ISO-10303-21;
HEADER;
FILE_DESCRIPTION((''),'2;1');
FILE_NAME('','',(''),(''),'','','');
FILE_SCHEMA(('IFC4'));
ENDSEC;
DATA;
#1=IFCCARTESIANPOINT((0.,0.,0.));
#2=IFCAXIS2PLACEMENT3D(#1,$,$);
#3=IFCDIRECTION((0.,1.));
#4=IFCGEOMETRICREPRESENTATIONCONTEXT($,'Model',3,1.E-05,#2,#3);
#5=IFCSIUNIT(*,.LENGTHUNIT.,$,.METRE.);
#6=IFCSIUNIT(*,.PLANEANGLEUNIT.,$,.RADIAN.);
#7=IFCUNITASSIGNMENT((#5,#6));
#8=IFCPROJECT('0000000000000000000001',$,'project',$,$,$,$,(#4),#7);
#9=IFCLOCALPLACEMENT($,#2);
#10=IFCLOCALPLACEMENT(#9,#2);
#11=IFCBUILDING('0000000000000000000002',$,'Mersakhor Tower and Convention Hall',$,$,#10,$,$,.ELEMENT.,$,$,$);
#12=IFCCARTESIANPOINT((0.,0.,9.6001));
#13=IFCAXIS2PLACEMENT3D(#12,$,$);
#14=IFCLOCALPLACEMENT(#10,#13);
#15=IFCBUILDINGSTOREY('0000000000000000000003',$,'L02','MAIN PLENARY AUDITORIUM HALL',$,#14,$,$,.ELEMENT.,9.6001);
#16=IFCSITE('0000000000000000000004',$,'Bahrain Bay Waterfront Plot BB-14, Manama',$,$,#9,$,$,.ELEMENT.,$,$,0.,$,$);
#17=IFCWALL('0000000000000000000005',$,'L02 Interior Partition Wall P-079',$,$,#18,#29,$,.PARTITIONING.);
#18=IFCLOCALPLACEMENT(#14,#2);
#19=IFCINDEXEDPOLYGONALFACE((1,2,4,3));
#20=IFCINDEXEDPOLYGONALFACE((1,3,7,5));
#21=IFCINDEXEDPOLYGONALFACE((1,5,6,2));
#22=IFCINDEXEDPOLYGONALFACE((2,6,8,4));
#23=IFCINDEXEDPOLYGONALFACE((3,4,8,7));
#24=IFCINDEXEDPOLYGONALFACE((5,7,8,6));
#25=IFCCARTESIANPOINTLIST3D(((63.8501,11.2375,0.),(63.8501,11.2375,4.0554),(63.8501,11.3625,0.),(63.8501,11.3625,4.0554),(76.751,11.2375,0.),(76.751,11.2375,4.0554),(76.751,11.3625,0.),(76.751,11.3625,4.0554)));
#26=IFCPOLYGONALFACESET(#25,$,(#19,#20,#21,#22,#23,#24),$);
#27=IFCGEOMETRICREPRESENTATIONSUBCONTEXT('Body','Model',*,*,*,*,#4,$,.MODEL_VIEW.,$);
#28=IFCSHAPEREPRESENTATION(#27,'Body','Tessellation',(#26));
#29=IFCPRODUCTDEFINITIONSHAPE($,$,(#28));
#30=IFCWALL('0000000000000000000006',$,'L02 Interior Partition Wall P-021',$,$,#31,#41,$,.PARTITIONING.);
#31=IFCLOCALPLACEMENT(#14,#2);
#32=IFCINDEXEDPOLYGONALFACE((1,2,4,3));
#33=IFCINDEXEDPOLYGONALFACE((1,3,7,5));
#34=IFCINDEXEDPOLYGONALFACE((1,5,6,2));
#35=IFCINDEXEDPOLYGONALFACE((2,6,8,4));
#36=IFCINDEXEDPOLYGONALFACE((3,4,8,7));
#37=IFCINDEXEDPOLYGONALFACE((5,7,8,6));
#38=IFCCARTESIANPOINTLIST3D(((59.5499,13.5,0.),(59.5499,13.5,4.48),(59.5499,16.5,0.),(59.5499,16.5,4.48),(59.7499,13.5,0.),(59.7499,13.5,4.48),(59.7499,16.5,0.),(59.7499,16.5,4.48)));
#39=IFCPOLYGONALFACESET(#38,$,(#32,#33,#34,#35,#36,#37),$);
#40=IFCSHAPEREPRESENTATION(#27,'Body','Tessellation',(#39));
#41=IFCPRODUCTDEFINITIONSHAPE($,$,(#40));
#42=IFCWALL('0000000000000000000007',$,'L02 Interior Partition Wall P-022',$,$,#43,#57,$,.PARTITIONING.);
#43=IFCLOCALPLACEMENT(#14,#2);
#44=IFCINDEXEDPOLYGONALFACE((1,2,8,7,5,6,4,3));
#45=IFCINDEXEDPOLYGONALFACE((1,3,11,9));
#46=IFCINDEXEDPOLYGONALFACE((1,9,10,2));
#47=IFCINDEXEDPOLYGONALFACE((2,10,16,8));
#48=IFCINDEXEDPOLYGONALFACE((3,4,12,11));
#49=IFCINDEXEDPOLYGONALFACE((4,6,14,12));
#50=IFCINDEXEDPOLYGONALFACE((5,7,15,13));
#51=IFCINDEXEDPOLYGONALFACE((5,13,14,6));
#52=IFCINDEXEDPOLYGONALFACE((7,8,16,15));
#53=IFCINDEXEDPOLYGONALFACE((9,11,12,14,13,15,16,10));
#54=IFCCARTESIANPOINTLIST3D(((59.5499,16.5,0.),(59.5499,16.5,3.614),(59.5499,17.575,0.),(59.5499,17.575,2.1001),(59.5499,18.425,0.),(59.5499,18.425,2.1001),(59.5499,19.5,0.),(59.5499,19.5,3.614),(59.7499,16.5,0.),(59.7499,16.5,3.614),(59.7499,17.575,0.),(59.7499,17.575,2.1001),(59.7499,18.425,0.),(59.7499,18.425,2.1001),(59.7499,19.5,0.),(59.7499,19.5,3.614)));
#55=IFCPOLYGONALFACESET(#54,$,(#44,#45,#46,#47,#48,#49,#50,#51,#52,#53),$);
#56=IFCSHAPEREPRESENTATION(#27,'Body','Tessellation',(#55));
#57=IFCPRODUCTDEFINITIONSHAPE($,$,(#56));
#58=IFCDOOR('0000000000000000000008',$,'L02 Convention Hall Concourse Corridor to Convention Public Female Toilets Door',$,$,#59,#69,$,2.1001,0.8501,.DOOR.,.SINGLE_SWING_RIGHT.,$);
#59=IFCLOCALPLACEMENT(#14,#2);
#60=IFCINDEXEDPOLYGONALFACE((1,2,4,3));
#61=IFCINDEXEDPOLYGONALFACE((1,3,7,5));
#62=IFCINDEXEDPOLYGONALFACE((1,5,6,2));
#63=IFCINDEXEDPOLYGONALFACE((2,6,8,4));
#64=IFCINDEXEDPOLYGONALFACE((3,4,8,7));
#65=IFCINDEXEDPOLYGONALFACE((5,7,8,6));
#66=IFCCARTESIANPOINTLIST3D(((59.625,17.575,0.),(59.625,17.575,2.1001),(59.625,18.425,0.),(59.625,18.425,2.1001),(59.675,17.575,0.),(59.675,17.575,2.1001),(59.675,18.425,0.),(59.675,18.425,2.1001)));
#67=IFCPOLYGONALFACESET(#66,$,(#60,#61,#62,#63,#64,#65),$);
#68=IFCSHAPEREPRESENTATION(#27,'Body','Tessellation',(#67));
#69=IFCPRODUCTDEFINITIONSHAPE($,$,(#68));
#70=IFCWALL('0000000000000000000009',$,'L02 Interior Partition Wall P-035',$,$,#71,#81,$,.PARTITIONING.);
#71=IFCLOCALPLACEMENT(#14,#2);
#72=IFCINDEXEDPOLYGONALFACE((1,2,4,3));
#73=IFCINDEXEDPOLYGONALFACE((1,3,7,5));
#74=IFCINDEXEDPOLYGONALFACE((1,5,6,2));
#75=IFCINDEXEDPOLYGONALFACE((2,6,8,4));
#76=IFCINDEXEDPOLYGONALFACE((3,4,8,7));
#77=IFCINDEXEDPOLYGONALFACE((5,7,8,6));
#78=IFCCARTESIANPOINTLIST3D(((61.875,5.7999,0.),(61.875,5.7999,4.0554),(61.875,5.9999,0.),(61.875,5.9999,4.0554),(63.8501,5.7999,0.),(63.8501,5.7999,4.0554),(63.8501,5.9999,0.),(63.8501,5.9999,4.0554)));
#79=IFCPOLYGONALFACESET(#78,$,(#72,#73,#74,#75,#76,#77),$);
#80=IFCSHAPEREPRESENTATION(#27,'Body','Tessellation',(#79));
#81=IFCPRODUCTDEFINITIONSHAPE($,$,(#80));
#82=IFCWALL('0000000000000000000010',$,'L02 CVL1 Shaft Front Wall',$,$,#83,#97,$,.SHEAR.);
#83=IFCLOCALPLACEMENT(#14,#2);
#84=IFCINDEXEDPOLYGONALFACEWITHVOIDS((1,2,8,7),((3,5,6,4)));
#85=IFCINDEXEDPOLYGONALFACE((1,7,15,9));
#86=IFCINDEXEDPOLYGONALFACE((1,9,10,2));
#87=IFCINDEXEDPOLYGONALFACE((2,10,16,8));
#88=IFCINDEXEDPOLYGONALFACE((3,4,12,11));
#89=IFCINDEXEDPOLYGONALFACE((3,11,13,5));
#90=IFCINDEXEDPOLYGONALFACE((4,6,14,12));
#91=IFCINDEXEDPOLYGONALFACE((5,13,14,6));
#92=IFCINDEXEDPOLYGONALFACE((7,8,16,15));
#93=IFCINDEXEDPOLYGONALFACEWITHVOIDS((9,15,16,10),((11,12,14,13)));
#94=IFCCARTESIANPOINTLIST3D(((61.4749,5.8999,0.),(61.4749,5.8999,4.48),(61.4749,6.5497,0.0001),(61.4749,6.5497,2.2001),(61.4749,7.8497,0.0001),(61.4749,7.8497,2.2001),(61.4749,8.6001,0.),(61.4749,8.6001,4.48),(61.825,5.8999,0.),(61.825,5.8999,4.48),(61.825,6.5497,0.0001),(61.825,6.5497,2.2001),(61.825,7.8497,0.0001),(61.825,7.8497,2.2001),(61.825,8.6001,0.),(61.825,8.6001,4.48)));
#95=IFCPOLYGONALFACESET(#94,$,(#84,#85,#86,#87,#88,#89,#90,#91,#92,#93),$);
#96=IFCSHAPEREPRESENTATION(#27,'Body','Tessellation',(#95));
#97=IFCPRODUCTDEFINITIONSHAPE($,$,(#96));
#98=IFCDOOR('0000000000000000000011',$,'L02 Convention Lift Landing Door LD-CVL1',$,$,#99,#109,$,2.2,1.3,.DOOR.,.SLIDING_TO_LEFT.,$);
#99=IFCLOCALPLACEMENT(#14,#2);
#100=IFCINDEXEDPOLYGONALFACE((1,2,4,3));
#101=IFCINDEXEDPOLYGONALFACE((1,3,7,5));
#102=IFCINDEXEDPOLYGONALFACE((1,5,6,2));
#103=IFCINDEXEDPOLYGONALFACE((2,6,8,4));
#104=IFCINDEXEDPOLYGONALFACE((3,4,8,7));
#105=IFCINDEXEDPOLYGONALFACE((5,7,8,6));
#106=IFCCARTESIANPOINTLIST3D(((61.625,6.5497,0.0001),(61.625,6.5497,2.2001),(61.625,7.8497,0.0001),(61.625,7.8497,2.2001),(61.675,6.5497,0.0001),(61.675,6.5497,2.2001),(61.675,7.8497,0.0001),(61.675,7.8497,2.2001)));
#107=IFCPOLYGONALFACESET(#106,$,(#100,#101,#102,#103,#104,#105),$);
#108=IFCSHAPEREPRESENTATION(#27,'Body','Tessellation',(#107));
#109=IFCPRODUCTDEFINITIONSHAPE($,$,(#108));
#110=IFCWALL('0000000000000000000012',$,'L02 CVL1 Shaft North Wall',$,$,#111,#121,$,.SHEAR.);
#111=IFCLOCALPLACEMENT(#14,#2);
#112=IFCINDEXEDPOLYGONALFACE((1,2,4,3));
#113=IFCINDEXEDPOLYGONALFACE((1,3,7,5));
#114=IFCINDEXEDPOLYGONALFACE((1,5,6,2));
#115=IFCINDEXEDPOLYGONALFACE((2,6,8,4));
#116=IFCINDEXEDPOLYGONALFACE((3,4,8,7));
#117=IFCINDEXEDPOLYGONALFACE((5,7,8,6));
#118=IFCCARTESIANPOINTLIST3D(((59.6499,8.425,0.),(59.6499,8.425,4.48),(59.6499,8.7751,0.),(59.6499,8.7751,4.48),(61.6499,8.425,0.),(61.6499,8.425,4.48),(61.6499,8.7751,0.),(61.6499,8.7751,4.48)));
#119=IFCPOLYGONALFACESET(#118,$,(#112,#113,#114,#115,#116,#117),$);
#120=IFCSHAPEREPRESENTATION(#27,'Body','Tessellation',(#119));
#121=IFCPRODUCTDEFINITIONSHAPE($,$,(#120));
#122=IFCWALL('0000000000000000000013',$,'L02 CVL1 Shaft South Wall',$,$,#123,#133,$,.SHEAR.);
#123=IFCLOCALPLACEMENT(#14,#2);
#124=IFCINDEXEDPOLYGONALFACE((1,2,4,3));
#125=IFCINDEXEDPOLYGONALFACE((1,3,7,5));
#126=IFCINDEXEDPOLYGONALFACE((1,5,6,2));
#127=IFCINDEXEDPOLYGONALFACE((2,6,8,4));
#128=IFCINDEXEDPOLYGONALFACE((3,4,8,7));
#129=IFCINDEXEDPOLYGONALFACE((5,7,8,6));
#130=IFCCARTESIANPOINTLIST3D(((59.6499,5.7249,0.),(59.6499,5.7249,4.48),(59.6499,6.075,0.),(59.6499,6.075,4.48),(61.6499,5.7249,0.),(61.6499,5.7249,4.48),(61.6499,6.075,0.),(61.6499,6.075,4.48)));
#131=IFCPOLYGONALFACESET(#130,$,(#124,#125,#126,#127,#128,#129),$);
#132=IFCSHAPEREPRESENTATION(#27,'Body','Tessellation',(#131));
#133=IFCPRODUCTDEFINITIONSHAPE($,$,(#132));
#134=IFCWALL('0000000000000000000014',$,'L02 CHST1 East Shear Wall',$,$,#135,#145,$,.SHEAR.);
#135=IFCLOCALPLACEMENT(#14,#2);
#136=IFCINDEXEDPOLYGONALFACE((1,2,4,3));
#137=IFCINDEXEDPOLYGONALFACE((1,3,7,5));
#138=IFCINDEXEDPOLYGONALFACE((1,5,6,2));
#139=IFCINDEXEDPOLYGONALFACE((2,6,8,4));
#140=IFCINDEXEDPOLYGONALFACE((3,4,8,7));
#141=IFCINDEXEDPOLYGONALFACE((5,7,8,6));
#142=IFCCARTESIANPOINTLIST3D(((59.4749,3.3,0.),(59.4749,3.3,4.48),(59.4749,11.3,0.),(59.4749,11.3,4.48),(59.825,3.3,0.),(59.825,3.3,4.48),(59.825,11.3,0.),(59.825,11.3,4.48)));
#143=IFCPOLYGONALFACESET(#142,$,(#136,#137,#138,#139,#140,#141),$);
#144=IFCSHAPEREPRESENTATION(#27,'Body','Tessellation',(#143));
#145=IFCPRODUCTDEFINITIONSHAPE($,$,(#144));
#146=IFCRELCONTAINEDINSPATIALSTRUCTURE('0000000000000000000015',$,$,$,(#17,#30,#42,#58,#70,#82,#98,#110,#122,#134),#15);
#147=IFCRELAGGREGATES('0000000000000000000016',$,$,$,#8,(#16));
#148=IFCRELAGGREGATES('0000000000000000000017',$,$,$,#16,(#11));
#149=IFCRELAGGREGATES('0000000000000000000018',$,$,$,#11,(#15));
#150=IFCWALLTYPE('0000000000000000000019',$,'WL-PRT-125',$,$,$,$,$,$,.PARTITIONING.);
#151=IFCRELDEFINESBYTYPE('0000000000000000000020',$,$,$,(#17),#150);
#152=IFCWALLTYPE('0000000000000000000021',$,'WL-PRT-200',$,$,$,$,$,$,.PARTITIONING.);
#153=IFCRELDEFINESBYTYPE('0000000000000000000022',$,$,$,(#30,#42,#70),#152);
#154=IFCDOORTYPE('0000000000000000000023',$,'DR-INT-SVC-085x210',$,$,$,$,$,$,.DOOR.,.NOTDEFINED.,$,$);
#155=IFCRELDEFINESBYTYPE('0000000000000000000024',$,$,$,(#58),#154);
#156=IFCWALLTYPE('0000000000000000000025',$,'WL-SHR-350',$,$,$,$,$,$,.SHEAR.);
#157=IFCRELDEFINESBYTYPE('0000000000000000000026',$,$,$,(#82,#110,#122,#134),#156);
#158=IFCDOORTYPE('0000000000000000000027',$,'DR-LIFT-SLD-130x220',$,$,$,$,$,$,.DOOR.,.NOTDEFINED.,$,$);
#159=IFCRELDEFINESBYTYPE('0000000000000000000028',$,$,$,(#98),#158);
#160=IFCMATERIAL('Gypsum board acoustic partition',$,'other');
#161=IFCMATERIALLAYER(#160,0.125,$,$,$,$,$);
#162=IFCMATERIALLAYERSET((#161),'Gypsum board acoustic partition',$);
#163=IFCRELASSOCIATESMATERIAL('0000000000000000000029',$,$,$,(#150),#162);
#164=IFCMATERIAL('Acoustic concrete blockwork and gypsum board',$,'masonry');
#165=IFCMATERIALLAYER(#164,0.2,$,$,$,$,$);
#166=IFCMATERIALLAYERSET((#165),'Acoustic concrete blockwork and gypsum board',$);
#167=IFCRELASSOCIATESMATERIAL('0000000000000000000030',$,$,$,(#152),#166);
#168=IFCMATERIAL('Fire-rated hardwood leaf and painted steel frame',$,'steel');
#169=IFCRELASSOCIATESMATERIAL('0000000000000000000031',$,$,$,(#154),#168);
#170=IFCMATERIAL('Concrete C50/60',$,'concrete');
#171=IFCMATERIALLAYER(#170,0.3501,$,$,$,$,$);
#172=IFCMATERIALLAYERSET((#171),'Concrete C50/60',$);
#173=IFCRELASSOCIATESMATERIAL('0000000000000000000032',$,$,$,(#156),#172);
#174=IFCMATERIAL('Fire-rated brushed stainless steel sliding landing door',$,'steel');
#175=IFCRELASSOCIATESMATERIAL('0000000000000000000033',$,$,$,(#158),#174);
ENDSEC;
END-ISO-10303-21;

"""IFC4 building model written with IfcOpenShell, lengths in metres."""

from ifc_helpers import new_model, si_unit, direction, frame, frame_2d, origin, place, context, subcontext, project, spatial, rectangle, extrude, material, layer, layer_set, type_object, element, fill, save


model = new_model("IFC4")

# Units and contexts
model_context = context("Model", 3, precision=1e-05, world=origin(), true_north=direction((0.0, 1.0)))
body_context = subcontext(model_context, "Body", "Model", "MODEL_VIEW")
ifc_project = project(units=[si_unit("LENGTHUNIT", "METRE"), si_unit("PLANEANGLEUNIT", "RADIAN")], contexts=[model_context])

# Site, building, storey
site_placement = place(None, origin())
site = spatial("IfcSite", under=ifc_project, at=site_placement, Name="Bahrain Bay Waterfront Plot BB-14, Manama", CompositionType="ELEMENT", RefElevation=0.0)
building_placement = place(site_placement, origin())
building = spatial("IfcBuilding", under=site, at=building_placement, Name="Mersakhor Tower and Convention Hall", CompositionType="ELEMENT")
storey_placement = place(building_placement, frame((0.0, 0.0, 9.6001)))
storey = spatial("IfcBuildingStorey", under=building, at=storey_placement, Name="L02", Description="MAIN PLENARY AUDITORIUM HALL", CompositionType="ELEMENT", Elevation=9.6001)

# Walls
ifc_material_1 = material(Name="Gypsum board acoustic partition", Category="other")
ifc_layer_1 = layer(ifc_material_1, 0.125)
ifc_layer_set_1 = layer_set([ifc_layer_1], Name="Gypsum board acoustic partition")
wall_type_1 = type_object("IfcWallType", Name="WL-PRT-125", PredefinedType="PARTITIONING", material=ifc_layer_set_1)
wall_1_placement = place(storey_placement, frame((63.8501, 11.3, 0.0), z_axis=(0.0, 0.0, 1.0), x_axis=(1.0, 0.0, 0.0)))
element("IfcWall", 1, at=wall_1_placement, inside=storey, type_object=wall_type_1, Name="L02 Interior Partition Wall P-079", PredefinedType="PARTITIONING", context=body_context, shape_type="SweptSolid", body=[
    extrude(rectangle(XDim=12.9009, YDim=0.125, at=frame_2d((6.4504, 0.0))), origin(), (0.0, 0.0, 1.0), 4.0554),
])
ifc_material_2 = material(Name="Acoustic concrete blockwork and gypsum board", Category="masonry")
ifc_layer_2 = layer(ifc_material_2, 0.2)
ifc_layer_set_2 = layer_set([ifc_layer_2], Name="Acoustic concrete blockwork and gypsum board")
wall_type_2 = type_object("IfcWallType", Name="WL-PRT-200", PredefinedType="PARTITIONING", material=ifc_layer_set_2)
wall_2_placement = place(storey_placement, frame((59.6499, 13.5, 0.0), z_axis=(0.0, 0.0, 1.0), x_axis=(0.0, 1.0, 0.0)))
element("IfcWall", 2, at=wall_2_placement, inside=storey, type_object=wall_type_2, Name="L02 Interior Partition Wall P-021", PredefinedType="PARTITIONING", context=body_context, shape_type="SweptSolid", body=[
    extrude(rectangle(XDim=3.0, YDim=0.2, at=frame_2d((1.5, 0.0))), origin(), (0.0, 0.0, 1.0), 4.48),
])

# Wall, opening, door
wall_3_placement = place(storey_placement, frame((59.6499, 16.5, 0.0), z_axis=(0.0, 0.0, 1.0), x_axis=(0.0, 1.0, 0.0)))
wall_3 = element("IfcWall", 3, at=wall_3_placement, inside=storey, type_object=wall_type_2, Name="L02 Interior Partition Wall P-022", PredefinedType="PARTITIONING", context=body_context, shape_type="SweptSolid", body=[
    extrude(rectangle(XDim=3.0, YDim=0.2, at=frame_2d((1.5, 0.0))), origin(), (0.0, 0.0, 1.0), 3.614),
])
opening_1_placement = place(wall_3_placement, frame((1.075, 0.0, 0.0)))
opening_1 = element("IfcOpeningElement", 4, at=opening_1_placement, cuts=wall_3, PredefinedType="OPENING", context=body_context, shape_type="SweptSolid", body=[
    extrude(rectangle(XDim=0.8501, YDim=2.1001, at=frame_2d((0.425, 1.05))), frame((0.0, 0.1099, 0.0), z_axis=(0.0, -1.0, 0.0), x_axis=(1.0, 0.0, 0.0)), (0.0, 0.0, 1.0), 0.22),
])
ifc_material_3 = material(Name="Fire-rated hardwood leaf and painted steel frame", Category="steel")
door_type_1 = type_object("IfcDoorType", Name="DR-INT-SVC-085x210", OperationType="NOTDEFINED", PredefinedType="DOOR", material=ifc_material_3)
door_1_placement = place(opening_1_placement, origin())
door_1 = element("IfcDoor", 5, at=door_1_placement, inside=storey, type_object=door_type_1, Name="L02 Convention Hall Concourse Corridor to Convention Public Female Toilets Door", OperationType="SINGLE_SWING_RIGHT", OverallHeight=2.1001, OverallWidth=0.8501, PredefinedType="DOOR", context=body_context, shape_type="SweptSolid", body=[
    extrude(rectangle(XDim=0.8501, YDim=2.1001, at=frame_2d((0.425, 1.05))), frame((0.0, 0.0249, 0.0), z_axis=(0.0, -1.0, 0.0), x_axis=(1.0, 0.0, 0.0)), (0.0, 0.0, 1.0), 0.05),
])
fill(opening_1, door_1)

# Wall
wall_4_placement = place(storey_placement, frame((63.8501, 5.8999, 0.0), z_axis=(0.0, 0.0, 1.0), x_axis=(-1.0, 0.0, 0.0)))
element("IfcWall", 6, at=wall_4_placement, inside=storey, type_object=wall_type_2, Name="L02 Interior Partition Wall P-035", PredefinedType="PARTITIONING", context=body_context, shape_type="SweptSolid", body=[
    extrude(rectangle(XDim=1.9751, YDim=0.2, at=frame_2d((0.9875, 0.0))), origin(), (0.0, 0.0, 1.0), 4.0554),
])

# Wall, opening, door
ifc_material_4 = material(Name="Concrete C50/60", Category="concrete")
ifc_layer_3 = layer(ifc_material_4, 0.3501)
ifc_layer_set_3 = layer_set([ifc_layer_3], Name="Concrete C50/60")
wall_type_3 = type_object("IfcWallType", Name="WL-SHR-350", PredefinedType="SHEAR", material=ifc_layer_set_3)
wall_5_placement = place(storey_placement, frame((61.6499, 5.8999, 0.0), z_axis=(0.0, 0.0, 1.0), x_axis=(0.0, 1.0, 0.0)))
wall_5 = element("IfcWall", 7, at=wall_5_placement, inside=storey, type_object=wall_type_3, Name="L02 CVL1 Shaft Front Wall", PredefinedType="SHEAR", context=body_context, shape_type="SweptSolid", body=[
    extrude(rectangle(XDim=2.7002, YDim=0.3501, at=frame_2d((1.3501, 0.0))), origin(), (0.0, 0.0, 1.0), 4.48),
])
opening_2_placement = place(wall_5_placement, frame((0.6499, 0.0, 0.0)))
opening_2 = element("IfcOpeningElement", 8, at=opening_2_placement, cuts=wall_5, PredefinedType="OPENING", context=body_context, shape_type="SweptSolid", body=[
    extrude(rectangle(XDim=1.3, YDim=2.2, at=frame_2d((0.6499, 1.1001))), frame((0.0, 0.1851, 0.0), z_axis=(0.0, -1.0, 0.0), x_axis=(1.0, 0.0, 0.0)), (0.0, 0.0, 1.0), 0.3701),
])
ifc_material_5 = material(Name="Fire-rated brushed stainless steel sliding landing door", Category="steel")
door_type_2 = type_object("IfcDoorType", Name="DR-LIFT-SLD-130x220", OperationType="NOTDEFINED", PredefinedType="DOOR", material=ifc_material_5)
door_2_placement = place(opening_2_placement, origin())
door_2 = element("IfcDoor", 9, at=door_2_placement, inside=storey, type_object=door_type_2, Name="L02 Convention Lift Landing Door LD-CVL1", OperationType="SLIDING_TO_LEFT", OverallHeight=2.2, OverallWidth=1.3, PredefinedType="DOOR", context=body_context, shape_type="SweptSolid", body=[
    extrude(rectangle(XDim=1.3, YDim=2.2, at=frame_2d((0.6499, 1.1001))), frame((0.0, 0.0249, 0.0), z_axis=(0.0, -1.0, 0.0), x_axis=(1.0, 0.0, 0.0)), (0.0, 0.0, 1.0), 0.05),
])
fill(opening_2, door_2)

# Walls
for number, where, z_axis, x_axis, name in (
    (10, (59.6499, 8.6001, 0.0), (0.0, 0.0, 1.0), (1.0, 0.0, 0.0), "L02 CVL1 Shaft North Wall"),
    (11, (59.6499, 5.8999, 0.0), (0.0, 0.0, 1.0), (1.0, 0.0, 0.0), "L02 CVL1 Shaft South Wall"),
):
    element("IfcWall", number, at=place(storey_placement, frame(where, z_axis=z_axis, x_axis=x_axis)), inside=storey, type_object=wall_type_3, Name=name, PredefinedType="SHEAR", context=body_context, shape_type="SweptSolid", body=[
        extrude(rectangle(XDim=2.0, YDim=0.3501, at=frame_2d((1.0, 0.0))), origin(), (0.0, 0.0, 1.0), 4.48),
    ])
wall_6_placement = place(storey_placement, frame((59.6499, 11.3, 0.0), z_axis=(0.0, 0.0, 1.0), x_axis=(0.0, -1.0, 0.0)))
element("IfcWall", 12, at=wall_6_placement, inside=storey, type_object=wall_type_3, Name="L02 CHST1 East Shear Wall", PredefinedType="SHEAR", context=body_context, shape_type="SweptSolid", body=[
    extrude(rectangle(XDim=8.0, YDim=0.3501, at=frame_2d((4.0, 0.0))), origin(), (0.0, 0.0, 1.0), 4.48),
])

save(model, "model.ifc")
